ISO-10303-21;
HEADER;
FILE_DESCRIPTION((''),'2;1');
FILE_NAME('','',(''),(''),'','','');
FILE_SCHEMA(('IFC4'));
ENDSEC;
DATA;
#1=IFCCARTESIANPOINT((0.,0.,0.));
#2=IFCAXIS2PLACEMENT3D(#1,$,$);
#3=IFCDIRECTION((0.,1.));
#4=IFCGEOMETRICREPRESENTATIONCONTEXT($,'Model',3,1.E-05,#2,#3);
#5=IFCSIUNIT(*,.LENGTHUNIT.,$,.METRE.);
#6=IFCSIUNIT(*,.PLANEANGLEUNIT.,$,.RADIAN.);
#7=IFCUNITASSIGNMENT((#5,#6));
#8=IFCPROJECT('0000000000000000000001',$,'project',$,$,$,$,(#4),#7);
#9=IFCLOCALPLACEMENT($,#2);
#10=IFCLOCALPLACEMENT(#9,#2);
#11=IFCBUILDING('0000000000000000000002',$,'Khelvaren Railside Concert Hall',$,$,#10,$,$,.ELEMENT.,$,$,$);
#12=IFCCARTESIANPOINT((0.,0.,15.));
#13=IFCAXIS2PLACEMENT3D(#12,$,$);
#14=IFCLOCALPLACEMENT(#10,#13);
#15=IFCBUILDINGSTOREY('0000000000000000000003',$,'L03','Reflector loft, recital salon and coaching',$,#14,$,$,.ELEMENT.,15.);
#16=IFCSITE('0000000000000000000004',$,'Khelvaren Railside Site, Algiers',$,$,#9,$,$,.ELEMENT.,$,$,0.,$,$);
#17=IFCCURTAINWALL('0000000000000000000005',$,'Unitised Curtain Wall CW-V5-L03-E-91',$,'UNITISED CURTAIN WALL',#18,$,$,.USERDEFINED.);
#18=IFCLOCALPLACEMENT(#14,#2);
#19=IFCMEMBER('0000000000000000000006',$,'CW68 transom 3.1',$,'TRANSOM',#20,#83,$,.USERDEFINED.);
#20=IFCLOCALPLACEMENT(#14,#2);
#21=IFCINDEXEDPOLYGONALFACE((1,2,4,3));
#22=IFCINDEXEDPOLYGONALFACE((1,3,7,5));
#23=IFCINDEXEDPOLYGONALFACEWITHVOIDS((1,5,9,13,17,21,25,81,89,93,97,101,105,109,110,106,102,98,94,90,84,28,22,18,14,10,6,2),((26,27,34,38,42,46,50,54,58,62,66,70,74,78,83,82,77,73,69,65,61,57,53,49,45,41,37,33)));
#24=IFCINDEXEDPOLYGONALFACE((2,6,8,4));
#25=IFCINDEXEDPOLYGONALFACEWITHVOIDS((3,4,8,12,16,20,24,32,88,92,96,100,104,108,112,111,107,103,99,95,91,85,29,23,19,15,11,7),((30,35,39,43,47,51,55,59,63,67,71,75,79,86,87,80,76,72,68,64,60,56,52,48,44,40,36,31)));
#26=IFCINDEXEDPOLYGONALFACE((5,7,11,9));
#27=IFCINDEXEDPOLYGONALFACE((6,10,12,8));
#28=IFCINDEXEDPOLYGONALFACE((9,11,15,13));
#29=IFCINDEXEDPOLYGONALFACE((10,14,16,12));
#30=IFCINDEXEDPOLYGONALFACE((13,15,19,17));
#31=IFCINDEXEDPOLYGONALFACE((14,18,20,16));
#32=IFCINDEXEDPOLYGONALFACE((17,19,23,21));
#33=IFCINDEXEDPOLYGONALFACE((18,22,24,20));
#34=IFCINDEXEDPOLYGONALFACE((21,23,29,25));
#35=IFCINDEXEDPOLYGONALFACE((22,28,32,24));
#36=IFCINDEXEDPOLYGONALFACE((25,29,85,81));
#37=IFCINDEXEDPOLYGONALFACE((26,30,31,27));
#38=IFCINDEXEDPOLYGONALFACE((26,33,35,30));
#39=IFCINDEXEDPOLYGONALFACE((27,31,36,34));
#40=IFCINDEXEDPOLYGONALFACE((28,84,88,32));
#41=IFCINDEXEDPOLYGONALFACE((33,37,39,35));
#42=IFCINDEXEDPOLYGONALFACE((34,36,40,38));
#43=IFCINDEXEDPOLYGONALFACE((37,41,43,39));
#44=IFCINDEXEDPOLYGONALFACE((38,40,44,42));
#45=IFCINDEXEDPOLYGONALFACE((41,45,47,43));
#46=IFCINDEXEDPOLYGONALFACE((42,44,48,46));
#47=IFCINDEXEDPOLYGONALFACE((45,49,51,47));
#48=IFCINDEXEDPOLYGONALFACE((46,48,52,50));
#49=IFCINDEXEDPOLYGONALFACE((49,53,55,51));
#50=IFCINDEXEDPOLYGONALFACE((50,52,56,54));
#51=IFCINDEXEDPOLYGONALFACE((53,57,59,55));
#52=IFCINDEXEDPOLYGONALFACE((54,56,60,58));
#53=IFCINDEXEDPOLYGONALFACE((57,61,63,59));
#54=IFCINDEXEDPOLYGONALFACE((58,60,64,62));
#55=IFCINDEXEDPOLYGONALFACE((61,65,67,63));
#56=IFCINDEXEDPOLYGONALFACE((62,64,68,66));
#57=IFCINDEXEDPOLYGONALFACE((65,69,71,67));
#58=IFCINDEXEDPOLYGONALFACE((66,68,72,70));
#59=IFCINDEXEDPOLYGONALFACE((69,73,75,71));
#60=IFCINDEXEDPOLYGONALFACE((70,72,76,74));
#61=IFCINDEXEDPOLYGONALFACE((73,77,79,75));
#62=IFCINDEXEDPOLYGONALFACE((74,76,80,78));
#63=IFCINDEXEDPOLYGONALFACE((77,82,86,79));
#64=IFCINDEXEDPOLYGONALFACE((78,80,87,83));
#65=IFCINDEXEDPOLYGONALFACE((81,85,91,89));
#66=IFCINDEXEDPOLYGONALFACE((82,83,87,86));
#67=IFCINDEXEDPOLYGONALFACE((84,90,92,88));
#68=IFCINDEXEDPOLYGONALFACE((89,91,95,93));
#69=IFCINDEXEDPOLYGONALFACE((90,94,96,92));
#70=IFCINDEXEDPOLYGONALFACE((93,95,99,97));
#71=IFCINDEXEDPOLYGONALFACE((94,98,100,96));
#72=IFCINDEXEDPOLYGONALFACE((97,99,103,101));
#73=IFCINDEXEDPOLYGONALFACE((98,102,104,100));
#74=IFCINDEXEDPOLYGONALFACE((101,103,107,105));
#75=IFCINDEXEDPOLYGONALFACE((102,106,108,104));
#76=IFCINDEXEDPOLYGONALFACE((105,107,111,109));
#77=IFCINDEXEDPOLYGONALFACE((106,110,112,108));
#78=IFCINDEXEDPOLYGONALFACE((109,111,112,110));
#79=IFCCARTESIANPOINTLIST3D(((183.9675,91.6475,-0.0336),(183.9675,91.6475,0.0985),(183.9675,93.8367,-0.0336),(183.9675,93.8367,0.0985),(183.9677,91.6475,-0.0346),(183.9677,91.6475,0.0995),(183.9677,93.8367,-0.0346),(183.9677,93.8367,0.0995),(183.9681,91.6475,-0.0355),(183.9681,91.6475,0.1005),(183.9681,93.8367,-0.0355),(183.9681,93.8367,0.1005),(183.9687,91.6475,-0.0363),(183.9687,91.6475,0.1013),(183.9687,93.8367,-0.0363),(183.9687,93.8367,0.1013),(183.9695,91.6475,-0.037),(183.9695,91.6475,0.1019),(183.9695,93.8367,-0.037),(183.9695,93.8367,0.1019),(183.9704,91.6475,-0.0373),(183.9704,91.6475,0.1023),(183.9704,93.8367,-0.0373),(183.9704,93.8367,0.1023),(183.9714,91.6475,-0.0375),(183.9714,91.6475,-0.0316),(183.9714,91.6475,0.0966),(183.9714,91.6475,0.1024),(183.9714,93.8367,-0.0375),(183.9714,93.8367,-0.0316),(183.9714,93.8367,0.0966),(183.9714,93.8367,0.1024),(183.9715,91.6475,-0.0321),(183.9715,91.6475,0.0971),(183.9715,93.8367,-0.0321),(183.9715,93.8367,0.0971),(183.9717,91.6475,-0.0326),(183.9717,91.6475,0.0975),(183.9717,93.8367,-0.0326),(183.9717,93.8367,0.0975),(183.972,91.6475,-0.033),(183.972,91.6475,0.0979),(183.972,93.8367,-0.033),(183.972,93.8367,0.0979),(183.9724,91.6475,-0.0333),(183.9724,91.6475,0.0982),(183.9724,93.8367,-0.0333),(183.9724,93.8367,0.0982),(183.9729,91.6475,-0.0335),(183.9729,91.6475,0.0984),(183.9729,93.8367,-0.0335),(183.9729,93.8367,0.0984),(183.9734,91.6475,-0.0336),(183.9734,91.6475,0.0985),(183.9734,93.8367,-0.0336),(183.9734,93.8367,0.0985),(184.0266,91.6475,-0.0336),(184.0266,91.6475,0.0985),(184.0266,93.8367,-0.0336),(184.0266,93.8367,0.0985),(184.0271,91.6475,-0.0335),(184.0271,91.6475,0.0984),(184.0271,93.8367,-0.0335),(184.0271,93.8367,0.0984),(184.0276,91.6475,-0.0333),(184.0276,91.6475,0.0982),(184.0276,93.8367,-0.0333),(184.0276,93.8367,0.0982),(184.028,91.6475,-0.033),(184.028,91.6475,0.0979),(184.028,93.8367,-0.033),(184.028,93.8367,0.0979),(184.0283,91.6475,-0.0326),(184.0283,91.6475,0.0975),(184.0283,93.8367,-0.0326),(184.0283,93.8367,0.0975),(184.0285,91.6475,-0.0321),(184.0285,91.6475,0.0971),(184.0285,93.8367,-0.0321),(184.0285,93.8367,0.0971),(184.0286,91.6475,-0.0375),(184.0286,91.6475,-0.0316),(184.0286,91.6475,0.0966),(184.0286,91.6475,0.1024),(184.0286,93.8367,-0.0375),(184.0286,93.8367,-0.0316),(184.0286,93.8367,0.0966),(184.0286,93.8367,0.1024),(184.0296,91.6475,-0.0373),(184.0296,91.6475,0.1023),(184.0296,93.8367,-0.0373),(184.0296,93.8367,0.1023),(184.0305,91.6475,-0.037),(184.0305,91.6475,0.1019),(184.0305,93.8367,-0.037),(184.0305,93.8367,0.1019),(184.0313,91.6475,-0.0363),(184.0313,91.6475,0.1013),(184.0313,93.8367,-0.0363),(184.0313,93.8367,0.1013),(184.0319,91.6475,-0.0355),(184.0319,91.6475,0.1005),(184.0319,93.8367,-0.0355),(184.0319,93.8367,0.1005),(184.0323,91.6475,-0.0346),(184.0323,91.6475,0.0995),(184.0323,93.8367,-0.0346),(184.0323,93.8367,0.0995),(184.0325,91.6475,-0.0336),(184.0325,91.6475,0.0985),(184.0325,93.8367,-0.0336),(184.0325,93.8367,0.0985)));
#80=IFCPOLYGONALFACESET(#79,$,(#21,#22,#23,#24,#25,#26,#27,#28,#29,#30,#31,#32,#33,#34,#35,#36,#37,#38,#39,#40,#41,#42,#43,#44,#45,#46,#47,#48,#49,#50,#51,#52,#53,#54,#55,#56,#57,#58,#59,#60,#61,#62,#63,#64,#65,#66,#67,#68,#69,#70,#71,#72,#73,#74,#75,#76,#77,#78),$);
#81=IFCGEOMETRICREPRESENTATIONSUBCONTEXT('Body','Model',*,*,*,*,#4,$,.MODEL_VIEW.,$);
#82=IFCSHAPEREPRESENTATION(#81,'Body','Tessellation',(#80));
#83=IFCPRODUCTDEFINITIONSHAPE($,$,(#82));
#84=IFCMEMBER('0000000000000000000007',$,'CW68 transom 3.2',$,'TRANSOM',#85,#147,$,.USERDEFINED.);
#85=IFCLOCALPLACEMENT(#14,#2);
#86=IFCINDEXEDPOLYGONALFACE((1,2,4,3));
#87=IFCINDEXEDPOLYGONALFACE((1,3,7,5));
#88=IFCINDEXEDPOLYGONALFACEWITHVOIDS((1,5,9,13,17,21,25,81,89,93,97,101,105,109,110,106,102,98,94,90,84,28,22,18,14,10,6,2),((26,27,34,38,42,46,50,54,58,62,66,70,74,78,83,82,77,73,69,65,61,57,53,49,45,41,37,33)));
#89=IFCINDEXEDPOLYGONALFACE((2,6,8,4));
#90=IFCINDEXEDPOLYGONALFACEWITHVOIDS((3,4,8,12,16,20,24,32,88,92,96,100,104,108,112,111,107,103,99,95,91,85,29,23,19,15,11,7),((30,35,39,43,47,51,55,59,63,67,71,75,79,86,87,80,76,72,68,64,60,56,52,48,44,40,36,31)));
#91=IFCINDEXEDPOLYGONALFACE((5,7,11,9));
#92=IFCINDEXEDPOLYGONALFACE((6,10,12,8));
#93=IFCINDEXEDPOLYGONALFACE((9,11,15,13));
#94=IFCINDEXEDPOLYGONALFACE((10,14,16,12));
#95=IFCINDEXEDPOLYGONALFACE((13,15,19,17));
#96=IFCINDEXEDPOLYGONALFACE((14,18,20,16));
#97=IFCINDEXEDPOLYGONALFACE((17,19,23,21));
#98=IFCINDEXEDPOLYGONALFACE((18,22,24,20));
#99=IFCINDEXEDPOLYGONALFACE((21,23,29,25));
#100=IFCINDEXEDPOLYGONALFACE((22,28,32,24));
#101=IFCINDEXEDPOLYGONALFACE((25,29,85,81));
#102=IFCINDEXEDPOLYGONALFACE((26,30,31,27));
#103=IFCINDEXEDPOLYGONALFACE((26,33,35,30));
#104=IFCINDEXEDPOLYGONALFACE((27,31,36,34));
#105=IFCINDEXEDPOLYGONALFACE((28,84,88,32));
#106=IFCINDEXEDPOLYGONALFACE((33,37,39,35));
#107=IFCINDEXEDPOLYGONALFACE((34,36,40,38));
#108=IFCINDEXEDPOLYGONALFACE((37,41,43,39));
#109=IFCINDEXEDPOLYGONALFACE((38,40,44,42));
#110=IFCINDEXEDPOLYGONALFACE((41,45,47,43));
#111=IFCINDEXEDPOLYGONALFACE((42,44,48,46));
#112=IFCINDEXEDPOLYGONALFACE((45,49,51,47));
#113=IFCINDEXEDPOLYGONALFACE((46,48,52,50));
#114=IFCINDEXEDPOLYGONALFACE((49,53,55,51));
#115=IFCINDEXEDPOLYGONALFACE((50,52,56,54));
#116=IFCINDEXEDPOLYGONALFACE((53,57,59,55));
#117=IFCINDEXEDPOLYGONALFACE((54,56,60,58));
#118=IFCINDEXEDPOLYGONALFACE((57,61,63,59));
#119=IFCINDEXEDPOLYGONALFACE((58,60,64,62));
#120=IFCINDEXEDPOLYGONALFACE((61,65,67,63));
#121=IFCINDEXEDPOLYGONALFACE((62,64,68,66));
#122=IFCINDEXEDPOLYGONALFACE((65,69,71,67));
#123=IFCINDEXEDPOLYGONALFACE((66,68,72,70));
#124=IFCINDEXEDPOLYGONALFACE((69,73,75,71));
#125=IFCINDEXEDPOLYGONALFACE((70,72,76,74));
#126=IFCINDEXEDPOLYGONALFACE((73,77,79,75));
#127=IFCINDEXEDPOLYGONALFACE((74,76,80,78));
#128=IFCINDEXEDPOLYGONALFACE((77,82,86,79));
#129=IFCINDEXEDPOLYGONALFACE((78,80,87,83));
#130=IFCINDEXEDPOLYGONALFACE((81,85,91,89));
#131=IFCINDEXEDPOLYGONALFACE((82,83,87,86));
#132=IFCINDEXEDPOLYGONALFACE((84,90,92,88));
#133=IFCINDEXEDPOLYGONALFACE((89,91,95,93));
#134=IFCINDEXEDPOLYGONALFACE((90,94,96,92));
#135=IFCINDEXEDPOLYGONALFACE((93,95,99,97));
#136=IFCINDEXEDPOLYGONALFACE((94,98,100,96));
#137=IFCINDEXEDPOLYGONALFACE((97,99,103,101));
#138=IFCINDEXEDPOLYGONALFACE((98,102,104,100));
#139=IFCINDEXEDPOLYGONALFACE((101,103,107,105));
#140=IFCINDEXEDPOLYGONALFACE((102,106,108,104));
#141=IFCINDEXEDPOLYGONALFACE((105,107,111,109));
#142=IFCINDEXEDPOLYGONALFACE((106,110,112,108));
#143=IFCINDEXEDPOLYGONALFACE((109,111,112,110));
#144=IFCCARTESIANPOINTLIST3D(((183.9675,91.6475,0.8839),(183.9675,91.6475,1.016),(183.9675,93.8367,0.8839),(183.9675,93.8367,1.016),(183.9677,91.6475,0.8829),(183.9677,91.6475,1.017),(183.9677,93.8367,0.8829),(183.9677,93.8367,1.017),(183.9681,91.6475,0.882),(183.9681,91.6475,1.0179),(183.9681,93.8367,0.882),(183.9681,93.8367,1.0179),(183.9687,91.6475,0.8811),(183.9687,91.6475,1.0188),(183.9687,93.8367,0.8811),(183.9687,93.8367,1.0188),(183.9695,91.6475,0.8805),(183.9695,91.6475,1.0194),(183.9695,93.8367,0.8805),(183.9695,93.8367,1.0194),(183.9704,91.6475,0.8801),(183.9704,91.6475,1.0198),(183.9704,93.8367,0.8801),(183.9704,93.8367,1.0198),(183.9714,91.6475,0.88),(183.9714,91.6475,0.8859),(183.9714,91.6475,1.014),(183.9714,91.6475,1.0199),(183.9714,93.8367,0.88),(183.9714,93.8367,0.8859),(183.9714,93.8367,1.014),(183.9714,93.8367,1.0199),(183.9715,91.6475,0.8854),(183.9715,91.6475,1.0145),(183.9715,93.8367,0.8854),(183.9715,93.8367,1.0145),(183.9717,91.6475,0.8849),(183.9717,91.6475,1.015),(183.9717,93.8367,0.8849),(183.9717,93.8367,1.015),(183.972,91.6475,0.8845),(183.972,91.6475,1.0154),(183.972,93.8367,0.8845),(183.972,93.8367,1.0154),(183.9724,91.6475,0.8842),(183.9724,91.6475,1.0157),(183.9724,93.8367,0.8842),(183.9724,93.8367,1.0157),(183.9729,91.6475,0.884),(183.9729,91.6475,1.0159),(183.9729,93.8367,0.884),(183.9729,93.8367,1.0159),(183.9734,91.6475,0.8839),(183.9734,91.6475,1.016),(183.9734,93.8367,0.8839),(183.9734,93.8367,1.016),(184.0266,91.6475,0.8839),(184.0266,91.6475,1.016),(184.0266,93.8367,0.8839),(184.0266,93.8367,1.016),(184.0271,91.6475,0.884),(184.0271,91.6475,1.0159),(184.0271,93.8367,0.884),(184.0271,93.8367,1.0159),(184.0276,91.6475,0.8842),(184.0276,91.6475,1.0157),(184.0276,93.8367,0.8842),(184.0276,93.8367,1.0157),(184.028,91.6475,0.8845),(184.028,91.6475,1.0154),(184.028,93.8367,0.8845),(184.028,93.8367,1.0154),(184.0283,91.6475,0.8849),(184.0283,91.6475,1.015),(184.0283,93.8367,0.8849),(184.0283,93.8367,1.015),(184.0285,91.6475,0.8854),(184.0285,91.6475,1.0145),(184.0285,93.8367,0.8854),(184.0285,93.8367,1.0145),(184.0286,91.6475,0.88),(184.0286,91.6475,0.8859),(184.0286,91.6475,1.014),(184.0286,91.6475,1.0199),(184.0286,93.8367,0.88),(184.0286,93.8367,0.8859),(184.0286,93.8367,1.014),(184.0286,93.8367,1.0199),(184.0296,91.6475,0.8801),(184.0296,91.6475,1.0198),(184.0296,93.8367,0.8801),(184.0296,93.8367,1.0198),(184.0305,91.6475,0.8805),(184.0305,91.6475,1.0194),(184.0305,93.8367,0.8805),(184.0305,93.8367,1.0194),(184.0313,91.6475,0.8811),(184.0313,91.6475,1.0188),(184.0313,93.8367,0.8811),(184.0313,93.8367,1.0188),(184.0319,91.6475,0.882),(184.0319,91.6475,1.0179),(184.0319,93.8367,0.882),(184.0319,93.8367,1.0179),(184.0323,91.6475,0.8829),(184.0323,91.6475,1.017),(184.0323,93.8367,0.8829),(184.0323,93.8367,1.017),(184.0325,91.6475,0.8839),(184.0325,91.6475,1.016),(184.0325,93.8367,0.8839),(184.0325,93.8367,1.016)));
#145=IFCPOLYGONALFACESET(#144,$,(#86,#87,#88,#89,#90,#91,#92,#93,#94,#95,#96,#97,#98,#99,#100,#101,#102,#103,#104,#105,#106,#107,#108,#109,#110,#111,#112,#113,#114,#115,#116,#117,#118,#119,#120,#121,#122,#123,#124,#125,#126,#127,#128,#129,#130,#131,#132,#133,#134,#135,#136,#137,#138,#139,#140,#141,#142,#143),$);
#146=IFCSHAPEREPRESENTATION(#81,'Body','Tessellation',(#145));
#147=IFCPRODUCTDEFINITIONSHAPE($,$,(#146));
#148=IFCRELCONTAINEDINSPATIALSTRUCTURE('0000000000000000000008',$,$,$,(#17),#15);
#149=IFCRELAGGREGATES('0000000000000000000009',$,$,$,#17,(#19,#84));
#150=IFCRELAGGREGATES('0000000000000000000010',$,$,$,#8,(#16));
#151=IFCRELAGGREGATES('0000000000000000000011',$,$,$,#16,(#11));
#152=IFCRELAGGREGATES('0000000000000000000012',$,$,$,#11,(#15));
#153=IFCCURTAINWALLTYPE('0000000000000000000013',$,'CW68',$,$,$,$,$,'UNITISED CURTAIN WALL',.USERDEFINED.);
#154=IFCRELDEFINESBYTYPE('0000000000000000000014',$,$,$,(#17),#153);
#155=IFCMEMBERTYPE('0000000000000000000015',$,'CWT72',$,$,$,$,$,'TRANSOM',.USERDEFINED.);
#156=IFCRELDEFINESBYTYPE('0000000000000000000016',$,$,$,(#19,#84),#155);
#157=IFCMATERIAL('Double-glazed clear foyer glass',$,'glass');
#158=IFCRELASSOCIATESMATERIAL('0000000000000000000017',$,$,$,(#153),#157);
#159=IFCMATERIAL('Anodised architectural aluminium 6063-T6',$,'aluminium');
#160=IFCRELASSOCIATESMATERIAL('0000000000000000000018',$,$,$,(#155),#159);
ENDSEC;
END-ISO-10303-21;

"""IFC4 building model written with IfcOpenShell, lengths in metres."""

from ifc_helpers import new_model, si_unit, direction, frame, origin, origin_2d, place, context, subcontext, project, spatial, hollow_rectangle, extrude, material, material_profile, profile_set, type_object, element, aggregate, save


model = new_model("IFC4")

# Units and contexts
model_context = context("Model", 3, precision=1e-05, world=origin(), true_north=direction((0.0, 1.0)))
body_context = subcontext(model_context, "Body", "Model", "MODEL_VIEW")
ifc_project = project(units=[si_unit("LENGTHUNIT", "METRE"), si_unit("PLANEANGLEUNIT", "RADIAN")], contexts=[model_context])

# Site, building, storey
site_placement = place(None, origin())
site = spatial("IfcSite", under=ifc_project, at=site_placement, Name="Khelvaren Railside Site, Algiers", CompositionType="ELEMENT", RefElevation=0.0)
building_placement = place(site_placement, origin())
building = spatial("IfcBuilding", under=site, at=building_placement, Name="Khelvaren Railside Concert Hall", CompositionType="ELEMENT")
storey_placement = place(building_placement, frame((0.0, 0.0, 15.0)))
storey = spatial("IfcBuildingStorey", under=building, at=storey_placement, Name="L03", Description="Reflector loft, recital salon and coaching", CompositionType="ELEMENT", Elevation=15.0)

# Curtain wall
ifc_material_1 = material(Name="Double-glazed clear foyer glass", Category="glass")
curtain_wall_type_1 = type_object("IfcCurtainWallType", Name="CW68", ElementType="UNITISED CURTAIN WALL", PredefinedType="USERDEFINED", material=ifc_material_1)
curtain_wall_1_placement = place(storey_placement, origin())
curtain_wall_1 = element("IfcCurtainWall", 1, at=curtain_wall_1_placement, inside=storey, type_object=curtain_wall_type_1, Name="Unitised Curtain Wall CW-V5-L03-E-91", ObjectType="UNITISED CURTAIN WALL", PredefinedType="USERDEFINED")
ifc_material_2 = material(Name="Anodised architectural aluminium 6063-T6", Category="aluminium")

# Members
ifc_material_profile_1 = material_profile(ifc_material_2, hollow_rectangle(XDim=0.0649, YDim=0.1399, WallThickness=0.0039, InnerFilletRadius=0.002, OuterFilletRadius=0.0039, at=origin_2d()), Name="CWT 65x140x4")
ifc_profile_set_1 = profile_set([ifc_material_profile_1], Name="Anodised architectural aluminium 6063-T6")
member_type_1 = type_object("IfcMemberType", Name="CWT72", ElementType="TRANSOM", PredefinedType="USERDEFINED", material=ifc_profile_set_1)
member_1_placement = place(storey_placement, frame((184.0, 93.8367, 0.0325), z_axis=(0.0, -1.0, 0.0), x_axis=(1.0, 0.0, 0.0)))
member_1 = element("IfcMember", 2, at=member_1_placement, type_object=member_type_1, Name="CW68 transom 3.1", ObjectType="TRANSOM", PredefinedType="USERDEFINED", context=body_context, shape_type="SweptSolid", body=[
    extrude(hollow_rectangle(XDim=0.0649, YDim=0.1399, WallThickness=0.0039, InnerFilletRadius=0.002, OuterFilletRadius=0.0039, at=origin_2d()), origin(), (0.0, 0.0, 1.0), 2.1892),
])
member_2_placement = place(storey_placement, frame((184.0, 93.8367, 0.95), z_axis=(0.0, -1.0, 0.0), x_axis=(1.0, 0.0, 0.0)))
member_2 = element("IfcMember", 3, at=member_2_placement, type_object=member_type_1, Name="CW68 transom 3.2", ObjectType="TRANSOM", PredefinedType="USERDEFINED", context=body_context, shape_type="SweptSolid", body=[
    extrude(hollow_rectangle(XDim=0.0649, YDim=0.1399, WallThickness=0.0039, InnerFilletRadius=0.002, OuterFilletRadius=0.0039, at=origin_2d()), origin(), (0.0, 0.0, 1.0), 2.1892),
])

aggregate(curtain_wall_1, [member_1, member_2])

save(model, "model.ifc")
